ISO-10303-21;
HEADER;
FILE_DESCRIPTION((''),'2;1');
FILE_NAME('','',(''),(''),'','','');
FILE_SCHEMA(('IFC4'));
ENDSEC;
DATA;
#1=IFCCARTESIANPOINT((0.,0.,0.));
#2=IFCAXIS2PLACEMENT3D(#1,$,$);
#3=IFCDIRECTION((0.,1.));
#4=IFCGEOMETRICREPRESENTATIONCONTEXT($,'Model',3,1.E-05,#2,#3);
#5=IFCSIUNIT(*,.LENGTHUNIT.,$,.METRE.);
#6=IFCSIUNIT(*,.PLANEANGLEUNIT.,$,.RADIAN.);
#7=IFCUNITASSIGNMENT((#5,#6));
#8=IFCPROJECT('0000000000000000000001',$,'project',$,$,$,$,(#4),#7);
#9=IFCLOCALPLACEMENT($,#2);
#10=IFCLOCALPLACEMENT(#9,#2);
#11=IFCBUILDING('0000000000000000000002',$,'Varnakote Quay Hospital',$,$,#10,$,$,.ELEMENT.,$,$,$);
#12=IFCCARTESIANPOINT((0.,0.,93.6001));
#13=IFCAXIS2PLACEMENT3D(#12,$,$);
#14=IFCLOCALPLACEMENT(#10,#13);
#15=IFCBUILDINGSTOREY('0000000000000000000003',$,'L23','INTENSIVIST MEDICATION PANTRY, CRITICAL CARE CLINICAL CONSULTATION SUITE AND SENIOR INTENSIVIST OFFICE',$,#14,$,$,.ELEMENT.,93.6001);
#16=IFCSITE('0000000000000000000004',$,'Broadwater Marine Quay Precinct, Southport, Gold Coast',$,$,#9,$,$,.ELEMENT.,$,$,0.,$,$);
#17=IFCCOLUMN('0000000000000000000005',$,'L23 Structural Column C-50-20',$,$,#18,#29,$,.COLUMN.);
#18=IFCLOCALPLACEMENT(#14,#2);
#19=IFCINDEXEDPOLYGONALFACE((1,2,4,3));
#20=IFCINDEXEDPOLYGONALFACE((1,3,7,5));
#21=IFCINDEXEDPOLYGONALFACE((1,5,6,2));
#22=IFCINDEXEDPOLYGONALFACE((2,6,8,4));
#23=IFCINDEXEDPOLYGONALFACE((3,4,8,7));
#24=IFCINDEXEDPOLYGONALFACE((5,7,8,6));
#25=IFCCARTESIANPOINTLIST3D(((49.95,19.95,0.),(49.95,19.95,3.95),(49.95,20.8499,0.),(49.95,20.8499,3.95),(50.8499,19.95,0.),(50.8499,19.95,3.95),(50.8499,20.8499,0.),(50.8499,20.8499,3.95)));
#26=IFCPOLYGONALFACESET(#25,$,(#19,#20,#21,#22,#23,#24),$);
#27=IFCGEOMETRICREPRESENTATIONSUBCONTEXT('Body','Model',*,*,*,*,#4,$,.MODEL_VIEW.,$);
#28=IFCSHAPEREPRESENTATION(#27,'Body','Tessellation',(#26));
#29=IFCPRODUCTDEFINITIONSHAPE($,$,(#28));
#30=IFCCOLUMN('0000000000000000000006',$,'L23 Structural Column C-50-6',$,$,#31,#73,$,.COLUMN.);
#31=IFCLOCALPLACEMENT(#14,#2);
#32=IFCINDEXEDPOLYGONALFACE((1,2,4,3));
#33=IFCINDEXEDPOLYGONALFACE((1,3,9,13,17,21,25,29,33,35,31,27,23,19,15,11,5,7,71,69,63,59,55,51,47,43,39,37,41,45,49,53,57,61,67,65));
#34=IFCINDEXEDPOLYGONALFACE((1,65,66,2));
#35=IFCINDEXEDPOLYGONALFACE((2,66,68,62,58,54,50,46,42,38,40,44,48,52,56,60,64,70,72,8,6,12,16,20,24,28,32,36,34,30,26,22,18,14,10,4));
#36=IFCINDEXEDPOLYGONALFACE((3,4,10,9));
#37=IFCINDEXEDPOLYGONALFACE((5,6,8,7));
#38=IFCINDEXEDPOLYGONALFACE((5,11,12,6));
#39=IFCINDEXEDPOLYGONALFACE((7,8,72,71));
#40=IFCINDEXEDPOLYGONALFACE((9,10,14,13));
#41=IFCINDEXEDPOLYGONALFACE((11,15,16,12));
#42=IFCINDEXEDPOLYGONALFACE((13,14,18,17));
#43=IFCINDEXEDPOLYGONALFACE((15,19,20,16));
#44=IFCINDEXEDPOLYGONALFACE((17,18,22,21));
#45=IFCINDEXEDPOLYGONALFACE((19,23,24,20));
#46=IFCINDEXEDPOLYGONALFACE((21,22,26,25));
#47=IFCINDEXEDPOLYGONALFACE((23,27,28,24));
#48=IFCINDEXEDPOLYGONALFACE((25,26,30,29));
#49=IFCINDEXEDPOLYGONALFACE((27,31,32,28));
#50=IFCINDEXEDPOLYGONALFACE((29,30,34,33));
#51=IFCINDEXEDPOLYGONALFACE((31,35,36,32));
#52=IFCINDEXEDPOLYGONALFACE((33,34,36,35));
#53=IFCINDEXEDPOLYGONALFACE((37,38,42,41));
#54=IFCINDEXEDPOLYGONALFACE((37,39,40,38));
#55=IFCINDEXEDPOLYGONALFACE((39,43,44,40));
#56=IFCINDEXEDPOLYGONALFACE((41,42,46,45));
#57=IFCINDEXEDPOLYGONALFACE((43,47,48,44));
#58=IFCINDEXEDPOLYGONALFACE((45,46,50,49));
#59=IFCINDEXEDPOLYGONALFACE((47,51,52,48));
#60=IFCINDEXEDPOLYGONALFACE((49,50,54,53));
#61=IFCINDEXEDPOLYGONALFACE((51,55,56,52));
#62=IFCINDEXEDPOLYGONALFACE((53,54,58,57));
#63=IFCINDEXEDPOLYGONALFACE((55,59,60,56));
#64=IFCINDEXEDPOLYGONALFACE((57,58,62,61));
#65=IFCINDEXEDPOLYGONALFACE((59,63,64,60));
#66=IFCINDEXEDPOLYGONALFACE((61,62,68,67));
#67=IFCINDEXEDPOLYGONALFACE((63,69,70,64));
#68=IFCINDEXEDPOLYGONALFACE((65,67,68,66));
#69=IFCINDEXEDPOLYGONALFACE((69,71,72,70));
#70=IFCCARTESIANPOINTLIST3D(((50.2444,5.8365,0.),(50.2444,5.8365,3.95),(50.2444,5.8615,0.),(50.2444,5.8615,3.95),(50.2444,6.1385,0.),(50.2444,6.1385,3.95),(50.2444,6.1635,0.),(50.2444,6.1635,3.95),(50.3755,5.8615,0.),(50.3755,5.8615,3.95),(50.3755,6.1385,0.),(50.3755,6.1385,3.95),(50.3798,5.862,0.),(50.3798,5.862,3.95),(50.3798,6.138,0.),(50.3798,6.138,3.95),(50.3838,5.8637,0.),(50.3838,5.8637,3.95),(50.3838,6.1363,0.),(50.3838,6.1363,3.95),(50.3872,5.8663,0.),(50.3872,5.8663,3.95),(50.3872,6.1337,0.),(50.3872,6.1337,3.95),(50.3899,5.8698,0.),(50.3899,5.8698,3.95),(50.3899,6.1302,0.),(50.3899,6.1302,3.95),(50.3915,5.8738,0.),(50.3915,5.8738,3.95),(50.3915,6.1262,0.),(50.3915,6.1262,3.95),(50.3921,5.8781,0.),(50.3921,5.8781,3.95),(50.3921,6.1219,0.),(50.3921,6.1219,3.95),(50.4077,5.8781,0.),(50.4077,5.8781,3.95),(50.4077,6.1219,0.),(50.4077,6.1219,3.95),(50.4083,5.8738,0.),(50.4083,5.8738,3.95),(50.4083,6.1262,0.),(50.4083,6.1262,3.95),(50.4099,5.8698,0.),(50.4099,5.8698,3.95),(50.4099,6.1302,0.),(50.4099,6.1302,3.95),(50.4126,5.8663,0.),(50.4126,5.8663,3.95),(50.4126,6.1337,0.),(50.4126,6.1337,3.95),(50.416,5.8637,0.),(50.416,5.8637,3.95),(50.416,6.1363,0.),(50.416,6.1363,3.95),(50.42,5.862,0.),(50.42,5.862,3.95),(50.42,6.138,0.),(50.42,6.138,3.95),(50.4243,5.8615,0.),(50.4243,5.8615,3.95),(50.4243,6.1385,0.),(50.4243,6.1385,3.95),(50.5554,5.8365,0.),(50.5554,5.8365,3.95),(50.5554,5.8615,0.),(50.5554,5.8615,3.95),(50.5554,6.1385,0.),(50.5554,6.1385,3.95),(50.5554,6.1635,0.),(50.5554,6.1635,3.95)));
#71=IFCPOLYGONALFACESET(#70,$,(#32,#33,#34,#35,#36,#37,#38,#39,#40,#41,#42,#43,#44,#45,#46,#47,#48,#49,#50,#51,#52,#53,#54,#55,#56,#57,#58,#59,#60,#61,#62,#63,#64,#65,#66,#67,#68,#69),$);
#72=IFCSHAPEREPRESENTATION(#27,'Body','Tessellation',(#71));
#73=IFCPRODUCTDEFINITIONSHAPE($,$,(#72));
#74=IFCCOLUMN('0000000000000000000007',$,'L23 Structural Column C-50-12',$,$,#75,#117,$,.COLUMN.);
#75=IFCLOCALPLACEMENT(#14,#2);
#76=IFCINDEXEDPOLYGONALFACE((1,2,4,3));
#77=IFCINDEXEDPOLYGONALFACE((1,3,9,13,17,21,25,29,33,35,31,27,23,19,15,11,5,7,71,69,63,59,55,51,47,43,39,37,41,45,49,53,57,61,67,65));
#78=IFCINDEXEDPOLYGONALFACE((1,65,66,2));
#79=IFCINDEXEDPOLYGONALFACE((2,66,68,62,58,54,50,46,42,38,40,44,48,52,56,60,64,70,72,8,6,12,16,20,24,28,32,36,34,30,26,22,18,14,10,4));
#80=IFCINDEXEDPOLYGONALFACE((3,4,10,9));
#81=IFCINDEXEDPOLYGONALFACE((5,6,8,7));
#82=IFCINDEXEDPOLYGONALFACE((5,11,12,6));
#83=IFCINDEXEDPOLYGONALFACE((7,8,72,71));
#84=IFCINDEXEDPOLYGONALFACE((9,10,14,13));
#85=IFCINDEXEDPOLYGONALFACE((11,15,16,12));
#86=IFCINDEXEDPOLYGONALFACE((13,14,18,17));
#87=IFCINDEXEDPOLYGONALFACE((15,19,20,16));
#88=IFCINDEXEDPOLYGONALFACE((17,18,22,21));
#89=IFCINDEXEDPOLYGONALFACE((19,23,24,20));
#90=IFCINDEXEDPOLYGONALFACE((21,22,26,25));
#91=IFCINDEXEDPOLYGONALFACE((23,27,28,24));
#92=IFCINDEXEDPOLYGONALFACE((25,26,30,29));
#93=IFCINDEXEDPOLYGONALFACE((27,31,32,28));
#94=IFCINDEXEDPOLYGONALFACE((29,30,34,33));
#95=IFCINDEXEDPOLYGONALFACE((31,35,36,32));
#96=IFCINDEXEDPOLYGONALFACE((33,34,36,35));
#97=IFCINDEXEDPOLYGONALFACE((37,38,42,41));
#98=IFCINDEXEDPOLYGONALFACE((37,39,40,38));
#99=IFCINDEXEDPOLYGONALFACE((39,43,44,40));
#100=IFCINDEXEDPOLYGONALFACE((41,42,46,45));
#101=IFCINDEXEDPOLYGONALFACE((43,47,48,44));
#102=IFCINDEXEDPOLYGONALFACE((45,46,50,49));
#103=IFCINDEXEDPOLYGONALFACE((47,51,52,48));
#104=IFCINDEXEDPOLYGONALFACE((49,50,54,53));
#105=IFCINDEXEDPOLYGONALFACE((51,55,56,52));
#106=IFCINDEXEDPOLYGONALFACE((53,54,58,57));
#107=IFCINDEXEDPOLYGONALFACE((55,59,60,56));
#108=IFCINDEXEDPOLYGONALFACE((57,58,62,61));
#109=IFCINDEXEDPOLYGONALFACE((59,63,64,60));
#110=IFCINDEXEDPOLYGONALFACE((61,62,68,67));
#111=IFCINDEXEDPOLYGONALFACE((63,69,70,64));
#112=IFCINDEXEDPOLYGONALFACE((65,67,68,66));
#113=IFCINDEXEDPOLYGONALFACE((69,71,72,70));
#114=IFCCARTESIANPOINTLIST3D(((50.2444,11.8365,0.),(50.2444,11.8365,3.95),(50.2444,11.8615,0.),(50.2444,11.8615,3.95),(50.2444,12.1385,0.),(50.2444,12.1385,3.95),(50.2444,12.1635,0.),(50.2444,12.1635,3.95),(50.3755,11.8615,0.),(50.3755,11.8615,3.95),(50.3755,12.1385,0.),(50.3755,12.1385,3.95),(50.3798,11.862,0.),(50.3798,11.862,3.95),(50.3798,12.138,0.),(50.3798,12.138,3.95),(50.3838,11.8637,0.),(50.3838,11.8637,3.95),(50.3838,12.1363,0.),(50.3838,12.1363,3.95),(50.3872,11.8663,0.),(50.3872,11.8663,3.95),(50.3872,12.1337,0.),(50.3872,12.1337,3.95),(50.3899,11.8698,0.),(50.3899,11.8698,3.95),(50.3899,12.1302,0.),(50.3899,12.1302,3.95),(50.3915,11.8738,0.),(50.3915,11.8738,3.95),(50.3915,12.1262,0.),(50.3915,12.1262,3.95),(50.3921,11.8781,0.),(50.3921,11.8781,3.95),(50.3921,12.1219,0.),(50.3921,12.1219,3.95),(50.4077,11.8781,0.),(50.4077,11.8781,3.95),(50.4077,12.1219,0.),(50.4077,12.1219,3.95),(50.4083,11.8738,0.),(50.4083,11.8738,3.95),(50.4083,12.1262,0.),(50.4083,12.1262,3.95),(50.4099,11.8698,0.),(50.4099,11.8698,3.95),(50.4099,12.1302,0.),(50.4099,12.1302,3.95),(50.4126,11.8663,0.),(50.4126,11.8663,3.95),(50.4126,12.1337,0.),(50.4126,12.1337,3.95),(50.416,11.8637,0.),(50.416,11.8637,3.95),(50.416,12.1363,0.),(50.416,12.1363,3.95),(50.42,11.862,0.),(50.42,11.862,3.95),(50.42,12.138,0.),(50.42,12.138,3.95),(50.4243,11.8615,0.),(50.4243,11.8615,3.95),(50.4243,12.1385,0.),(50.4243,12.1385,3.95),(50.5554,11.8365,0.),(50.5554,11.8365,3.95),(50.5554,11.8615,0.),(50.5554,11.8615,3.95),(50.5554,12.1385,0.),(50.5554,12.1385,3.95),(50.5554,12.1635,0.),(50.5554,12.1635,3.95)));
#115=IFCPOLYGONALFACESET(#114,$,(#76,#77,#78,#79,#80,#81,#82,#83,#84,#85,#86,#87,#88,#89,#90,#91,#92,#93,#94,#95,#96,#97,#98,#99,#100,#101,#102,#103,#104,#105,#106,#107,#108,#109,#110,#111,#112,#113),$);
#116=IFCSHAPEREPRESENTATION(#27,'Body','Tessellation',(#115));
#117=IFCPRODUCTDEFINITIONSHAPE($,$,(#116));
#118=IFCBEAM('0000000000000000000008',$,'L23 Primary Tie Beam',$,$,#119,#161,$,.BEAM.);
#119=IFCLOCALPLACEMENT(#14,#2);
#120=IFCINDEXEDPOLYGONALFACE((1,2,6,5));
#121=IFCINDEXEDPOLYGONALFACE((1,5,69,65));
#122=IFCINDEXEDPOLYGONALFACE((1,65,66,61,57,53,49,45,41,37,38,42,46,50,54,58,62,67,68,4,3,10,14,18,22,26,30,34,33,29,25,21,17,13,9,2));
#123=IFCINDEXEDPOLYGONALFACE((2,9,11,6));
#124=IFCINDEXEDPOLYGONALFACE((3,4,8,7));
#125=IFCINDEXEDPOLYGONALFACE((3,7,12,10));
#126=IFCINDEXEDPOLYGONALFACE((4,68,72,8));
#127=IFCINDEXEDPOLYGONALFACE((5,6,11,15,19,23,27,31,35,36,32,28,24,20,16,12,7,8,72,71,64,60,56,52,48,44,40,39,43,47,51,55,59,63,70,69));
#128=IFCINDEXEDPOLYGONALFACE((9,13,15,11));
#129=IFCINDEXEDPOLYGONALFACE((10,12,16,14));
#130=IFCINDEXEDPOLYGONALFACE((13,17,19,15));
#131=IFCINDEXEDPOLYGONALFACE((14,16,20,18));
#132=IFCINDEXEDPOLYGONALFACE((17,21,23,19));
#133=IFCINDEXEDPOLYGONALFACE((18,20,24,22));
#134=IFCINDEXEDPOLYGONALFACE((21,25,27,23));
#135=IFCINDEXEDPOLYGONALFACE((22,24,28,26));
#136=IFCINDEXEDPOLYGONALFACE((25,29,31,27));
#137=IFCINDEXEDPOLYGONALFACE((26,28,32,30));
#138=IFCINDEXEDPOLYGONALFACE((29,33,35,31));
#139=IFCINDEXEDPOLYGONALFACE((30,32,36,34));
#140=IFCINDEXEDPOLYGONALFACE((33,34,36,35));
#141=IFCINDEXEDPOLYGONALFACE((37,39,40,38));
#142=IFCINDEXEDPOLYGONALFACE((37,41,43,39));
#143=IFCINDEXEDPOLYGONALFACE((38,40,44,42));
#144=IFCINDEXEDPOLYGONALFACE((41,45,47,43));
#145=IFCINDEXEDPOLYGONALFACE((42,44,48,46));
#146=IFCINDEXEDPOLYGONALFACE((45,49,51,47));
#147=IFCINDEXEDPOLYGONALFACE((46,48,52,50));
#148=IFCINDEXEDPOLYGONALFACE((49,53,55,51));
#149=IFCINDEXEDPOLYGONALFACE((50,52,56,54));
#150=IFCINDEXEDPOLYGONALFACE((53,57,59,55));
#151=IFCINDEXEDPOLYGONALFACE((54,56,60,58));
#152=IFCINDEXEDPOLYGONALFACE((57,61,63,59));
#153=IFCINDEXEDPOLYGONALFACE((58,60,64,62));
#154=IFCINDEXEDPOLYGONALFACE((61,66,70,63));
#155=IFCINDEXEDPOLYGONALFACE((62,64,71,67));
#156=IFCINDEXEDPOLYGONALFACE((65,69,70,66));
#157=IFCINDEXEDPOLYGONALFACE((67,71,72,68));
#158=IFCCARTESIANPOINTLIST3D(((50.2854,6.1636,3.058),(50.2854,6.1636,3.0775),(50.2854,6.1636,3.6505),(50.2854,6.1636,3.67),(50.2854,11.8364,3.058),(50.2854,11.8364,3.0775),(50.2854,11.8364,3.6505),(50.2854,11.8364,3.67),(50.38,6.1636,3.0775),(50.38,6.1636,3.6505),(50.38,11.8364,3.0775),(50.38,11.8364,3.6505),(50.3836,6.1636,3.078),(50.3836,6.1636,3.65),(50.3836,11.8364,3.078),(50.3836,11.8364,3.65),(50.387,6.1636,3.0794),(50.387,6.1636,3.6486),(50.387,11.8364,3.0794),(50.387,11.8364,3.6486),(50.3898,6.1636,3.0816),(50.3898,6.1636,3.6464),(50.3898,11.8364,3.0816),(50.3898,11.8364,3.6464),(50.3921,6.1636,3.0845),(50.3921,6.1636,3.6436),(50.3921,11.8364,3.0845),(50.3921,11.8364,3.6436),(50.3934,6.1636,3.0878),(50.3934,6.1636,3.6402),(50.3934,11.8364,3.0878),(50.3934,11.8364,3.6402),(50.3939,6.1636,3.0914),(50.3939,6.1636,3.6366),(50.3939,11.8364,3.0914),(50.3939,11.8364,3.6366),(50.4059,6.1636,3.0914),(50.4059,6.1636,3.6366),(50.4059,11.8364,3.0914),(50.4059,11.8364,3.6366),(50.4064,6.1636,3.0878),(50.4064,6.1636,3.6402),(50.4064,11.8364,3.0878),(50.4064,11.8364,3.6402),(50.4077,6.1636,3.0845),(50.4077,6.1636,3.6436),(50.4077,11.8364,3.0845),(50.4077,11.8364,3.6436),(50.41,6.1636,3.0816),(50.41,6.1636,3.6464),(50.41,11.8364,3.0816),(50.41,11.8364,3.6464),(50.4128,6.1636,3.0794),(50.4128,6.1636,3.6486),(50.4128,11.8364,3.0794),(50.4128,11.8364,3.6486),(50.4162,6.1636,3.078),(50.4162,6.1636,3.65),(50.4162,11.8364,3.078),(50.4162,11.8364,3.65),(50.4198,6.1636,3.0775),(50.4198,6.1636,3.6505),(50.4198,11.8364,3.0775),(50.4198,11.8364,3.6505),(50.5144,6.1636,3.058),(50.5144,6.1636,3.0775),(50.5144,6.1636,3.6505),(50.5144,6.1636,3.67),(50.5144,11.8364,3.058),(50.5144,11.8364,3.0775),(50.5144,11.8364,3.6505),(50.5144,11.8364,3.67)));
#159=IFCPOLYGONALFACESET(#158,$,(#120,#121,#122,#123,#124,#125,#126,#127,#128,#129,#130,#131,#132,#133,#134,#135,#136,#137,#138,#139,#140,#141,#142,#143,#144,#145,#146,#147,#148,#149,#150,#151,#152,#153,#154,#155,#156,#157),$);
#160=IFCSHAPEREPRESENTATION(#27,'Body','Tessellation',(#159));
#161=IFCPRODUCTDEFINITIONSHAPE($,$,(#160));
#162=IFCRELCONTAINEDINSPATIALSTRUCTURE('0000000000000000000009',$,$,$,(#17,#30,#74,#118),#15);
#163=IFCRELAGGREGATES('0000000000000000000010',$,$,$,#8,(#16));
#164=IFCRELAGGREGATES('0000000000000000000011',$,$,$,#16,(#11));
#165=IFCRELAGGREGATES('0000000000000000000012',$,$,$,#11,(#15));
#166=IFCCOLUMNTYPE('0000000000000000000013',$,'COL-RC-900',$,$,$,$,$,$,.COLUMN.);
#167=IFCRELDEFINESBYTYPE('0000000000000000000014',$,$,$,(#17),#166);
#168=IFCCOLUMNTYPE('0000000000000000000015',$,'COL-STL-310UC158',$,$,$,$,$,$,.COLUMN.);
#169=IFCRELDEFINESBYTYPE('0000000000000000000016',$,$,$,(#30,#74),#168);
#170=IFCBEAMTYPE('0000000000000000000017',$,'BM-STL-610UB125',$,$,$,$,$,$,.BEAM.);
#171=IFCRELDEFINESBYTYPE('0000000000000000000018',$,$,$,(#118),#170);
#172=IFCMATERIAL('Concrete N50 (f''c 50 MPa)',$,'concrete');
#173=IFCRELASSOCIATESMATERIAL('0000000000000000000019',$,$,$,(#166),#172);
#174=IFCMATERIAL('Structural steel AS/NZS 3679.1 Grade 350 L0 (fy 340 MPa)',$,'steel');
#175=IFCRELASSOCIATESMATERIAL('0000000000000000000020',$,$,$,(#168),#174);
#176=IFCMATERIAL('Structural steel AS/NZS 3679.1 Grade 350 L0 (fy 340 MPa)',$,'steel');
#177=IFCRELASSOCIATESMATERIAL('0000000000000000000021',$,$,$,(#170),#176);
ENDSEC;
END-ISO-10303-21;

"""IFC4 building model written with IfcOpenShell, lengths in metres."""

from ifc_helpers import new_model, si_unit, direction, frame, origin, origin_2d, place, context, subcontext, project, spatial, rectangle, i_section, extrude, material, material_profile, profile_set, type_object, element, save


model = new_model("IFC4")

# Units and contexts
model_context = context("Model", 3, precision=1e-05, world=origin(), true_north=direction((0.0, 1.0)))
body_context = subcontext(model_context, "Body", "Model", "MODEL_VIEW")
ifc_project = project(units=[si_unit("LENGTHUNIT", "METRE"), si_unit("PLANEANGLEUNIT", "RADIAN")], contexts=[model_context])

# Site, building, storey
site_placement = place(None, origin())
site = spatial("IfcSite", under=ifc_project, at=site_placement, Name="Broadwater Marine Quay Precinct, Southport, Gold Coast", CompositionType="ELEMENT", RefElevation=0.0)
building_placement = place(site_placement, origin())
building = spatial("IfcBuilding", under=site, at=building_placement, Name="Varnakote Quay Hospital", CompositionType="ELEMENT")
storey_placement = place(building_placement, frame((0.0, 0.0, 93.6001)))
storey = spatial("IfcBuildingStorey", under=building, at=storey_placement, Name="L23", Description="INTENSIVIST MEDICATION PANTRY, CRITICAL CARE CLINICAL CONSULTATION SUITE AND SENIOR INTENSIVIST OFFICE", CompositionType="ELEMENT", Elevation=93.6001)

# Columns
ifc_material_1 = material(Name="Concrete N50 (f'c 50 MPa)", Category="concrete")
ifc_material_profile_1 = material_profile(ifc_material_1, rectangle(XDim=0.8999, YDim=0.8999, at=origin_2d()), Name="RC-COL-900x900")
ifc_profile_set_1 = profile_set([ifc_material_profile_1], Name="Concrete N50 (f'c 50 MPa)")
column_type_1 = type_object("IfcColumnType", Name="COL-RC-900", PredefinedType="COLUMN", material=ifc_profile_set_1)
column_placement = place(storey_placement, frame((50.3999, 20.3999, 0.0), z_axis=(0.0, 0.0, 1.0), x_axis=(1.0, 0.0, 0.0)))
element("IfcColumn", 1, at=column_placement, inside=storey, type_object=column_type_1, Name="L23 Structural Column C-50-20", PredefinedType="COLUMN", context=body_context, shape_type="SweptSolid", body=[
    extrude(rectangle(XDim=0.8999, YDim=0.8999, at=origin_2d()), origin(), (0.0, 0.0, 1.0), 3.95),
])
ifc_material_2 = material(Name="Structural steel AS/NZS 3679.1 Grade 350 L0 (fy 340 MPa)", Category="steel")
ifc_material_profile_2 = material_profile(ifc_material_2, i_section(OverallWidth=0.311, OverallDepth=0.3269, WebThickness=0.0156, FlangeThickness=0.0249, FilletRadius=0.0166, at=origin_2d()), Name="310UC158")
ifc_profile_set_2 = profile_set([ifc_material_profile_2], Name="Structural steel AS/NZS 3679.1 Grade 350 L0 (fy 340 MPa)")
column_type_2 = type_object("IfcColumnType", Name="COL-STL-310UC158", PredefinedType="COLUMN", material=ifc_profile_set_2)
for number, where, z_axis, x_axis, name in (
    (2, (50.3999, 6.0, 0.0), (0.0, 0.0, 1.0), (1.0, 0.0, 0.0), "L23 Structural Column C-50-6"),
    (3, (50.3999, 12.0, 0.0), (0.0, 0.0, 1.0), (1.0, 0.0, 0.0), "L23 Structural Column C-50-12"),
):
    element("IfcColumn", number, at=place(storey_placement, frame(where, z_axis=z_axis, x_axis=x_axis)), inside=storey, type_object=column_type_2, Name=name, PredefinedType="COLUMN", context=body_context, shape_type="SweptSolid", body=[
        extrude(i_section(OverallWidth=0.311, OverallDepth=0.3269, WebThickness=0.0156, FlangeThickness=0.0249, FilletRadius=0.0166, at=origin_2d()), origin(), (0.0, 0.0, 1.0), 3.95),
    ])

# Beam
ifc_material_3 = material(Name="Structural steel AS/NZS 3679.1 Grade 350 L0 (fy 340 MPa)", Category="steel")
ifc_material_profile_3 = material_profile(ifc_material_3, i_section(OverallWidth=0.229, OverallDepth=0.6121, WebThickness=0.012, FlangeThickness=0.0195, FilletRadius=0.0139, at=origin_2d()), Name="610UB125")
ifc_profile_set_3 = profile_set([ifc_material_profile_3], Name="Structural steel AS/NZS 3679.1 Grade 350 L0 (fy 340 MPa)")
beam_type = type_object("IfcBeamType", Name="BM-STL-610UB125", PredefinedType="BEAM", material=ifc_profile_set_3)
beam_1_placement = place(storey_placement, frame((50.3999, 6.1636, 3.364), z_axis=(0.0, 1.0, 0.0), x_axis=(-1.0, 0.0, 0.0)))
element("IfcBeam", 4, at=beam_1_placement, inside=storey, type_object=beam_type, Name="L23 Primary Tie Beam", PredefinedType="BEAM", context=body_context, shape_type="SweptSolid", body=[
    extrude(i_section(OverallWidth=0.229, OverallDepth=0.6121, WebThickness=0.012, FlangeThickness=0.0195, FilletRadius=0.0139, at=origin_2d()), origin(), (0.0, 0.0, 1.0), 5.6729),
])

save(model, "model.ifc")
